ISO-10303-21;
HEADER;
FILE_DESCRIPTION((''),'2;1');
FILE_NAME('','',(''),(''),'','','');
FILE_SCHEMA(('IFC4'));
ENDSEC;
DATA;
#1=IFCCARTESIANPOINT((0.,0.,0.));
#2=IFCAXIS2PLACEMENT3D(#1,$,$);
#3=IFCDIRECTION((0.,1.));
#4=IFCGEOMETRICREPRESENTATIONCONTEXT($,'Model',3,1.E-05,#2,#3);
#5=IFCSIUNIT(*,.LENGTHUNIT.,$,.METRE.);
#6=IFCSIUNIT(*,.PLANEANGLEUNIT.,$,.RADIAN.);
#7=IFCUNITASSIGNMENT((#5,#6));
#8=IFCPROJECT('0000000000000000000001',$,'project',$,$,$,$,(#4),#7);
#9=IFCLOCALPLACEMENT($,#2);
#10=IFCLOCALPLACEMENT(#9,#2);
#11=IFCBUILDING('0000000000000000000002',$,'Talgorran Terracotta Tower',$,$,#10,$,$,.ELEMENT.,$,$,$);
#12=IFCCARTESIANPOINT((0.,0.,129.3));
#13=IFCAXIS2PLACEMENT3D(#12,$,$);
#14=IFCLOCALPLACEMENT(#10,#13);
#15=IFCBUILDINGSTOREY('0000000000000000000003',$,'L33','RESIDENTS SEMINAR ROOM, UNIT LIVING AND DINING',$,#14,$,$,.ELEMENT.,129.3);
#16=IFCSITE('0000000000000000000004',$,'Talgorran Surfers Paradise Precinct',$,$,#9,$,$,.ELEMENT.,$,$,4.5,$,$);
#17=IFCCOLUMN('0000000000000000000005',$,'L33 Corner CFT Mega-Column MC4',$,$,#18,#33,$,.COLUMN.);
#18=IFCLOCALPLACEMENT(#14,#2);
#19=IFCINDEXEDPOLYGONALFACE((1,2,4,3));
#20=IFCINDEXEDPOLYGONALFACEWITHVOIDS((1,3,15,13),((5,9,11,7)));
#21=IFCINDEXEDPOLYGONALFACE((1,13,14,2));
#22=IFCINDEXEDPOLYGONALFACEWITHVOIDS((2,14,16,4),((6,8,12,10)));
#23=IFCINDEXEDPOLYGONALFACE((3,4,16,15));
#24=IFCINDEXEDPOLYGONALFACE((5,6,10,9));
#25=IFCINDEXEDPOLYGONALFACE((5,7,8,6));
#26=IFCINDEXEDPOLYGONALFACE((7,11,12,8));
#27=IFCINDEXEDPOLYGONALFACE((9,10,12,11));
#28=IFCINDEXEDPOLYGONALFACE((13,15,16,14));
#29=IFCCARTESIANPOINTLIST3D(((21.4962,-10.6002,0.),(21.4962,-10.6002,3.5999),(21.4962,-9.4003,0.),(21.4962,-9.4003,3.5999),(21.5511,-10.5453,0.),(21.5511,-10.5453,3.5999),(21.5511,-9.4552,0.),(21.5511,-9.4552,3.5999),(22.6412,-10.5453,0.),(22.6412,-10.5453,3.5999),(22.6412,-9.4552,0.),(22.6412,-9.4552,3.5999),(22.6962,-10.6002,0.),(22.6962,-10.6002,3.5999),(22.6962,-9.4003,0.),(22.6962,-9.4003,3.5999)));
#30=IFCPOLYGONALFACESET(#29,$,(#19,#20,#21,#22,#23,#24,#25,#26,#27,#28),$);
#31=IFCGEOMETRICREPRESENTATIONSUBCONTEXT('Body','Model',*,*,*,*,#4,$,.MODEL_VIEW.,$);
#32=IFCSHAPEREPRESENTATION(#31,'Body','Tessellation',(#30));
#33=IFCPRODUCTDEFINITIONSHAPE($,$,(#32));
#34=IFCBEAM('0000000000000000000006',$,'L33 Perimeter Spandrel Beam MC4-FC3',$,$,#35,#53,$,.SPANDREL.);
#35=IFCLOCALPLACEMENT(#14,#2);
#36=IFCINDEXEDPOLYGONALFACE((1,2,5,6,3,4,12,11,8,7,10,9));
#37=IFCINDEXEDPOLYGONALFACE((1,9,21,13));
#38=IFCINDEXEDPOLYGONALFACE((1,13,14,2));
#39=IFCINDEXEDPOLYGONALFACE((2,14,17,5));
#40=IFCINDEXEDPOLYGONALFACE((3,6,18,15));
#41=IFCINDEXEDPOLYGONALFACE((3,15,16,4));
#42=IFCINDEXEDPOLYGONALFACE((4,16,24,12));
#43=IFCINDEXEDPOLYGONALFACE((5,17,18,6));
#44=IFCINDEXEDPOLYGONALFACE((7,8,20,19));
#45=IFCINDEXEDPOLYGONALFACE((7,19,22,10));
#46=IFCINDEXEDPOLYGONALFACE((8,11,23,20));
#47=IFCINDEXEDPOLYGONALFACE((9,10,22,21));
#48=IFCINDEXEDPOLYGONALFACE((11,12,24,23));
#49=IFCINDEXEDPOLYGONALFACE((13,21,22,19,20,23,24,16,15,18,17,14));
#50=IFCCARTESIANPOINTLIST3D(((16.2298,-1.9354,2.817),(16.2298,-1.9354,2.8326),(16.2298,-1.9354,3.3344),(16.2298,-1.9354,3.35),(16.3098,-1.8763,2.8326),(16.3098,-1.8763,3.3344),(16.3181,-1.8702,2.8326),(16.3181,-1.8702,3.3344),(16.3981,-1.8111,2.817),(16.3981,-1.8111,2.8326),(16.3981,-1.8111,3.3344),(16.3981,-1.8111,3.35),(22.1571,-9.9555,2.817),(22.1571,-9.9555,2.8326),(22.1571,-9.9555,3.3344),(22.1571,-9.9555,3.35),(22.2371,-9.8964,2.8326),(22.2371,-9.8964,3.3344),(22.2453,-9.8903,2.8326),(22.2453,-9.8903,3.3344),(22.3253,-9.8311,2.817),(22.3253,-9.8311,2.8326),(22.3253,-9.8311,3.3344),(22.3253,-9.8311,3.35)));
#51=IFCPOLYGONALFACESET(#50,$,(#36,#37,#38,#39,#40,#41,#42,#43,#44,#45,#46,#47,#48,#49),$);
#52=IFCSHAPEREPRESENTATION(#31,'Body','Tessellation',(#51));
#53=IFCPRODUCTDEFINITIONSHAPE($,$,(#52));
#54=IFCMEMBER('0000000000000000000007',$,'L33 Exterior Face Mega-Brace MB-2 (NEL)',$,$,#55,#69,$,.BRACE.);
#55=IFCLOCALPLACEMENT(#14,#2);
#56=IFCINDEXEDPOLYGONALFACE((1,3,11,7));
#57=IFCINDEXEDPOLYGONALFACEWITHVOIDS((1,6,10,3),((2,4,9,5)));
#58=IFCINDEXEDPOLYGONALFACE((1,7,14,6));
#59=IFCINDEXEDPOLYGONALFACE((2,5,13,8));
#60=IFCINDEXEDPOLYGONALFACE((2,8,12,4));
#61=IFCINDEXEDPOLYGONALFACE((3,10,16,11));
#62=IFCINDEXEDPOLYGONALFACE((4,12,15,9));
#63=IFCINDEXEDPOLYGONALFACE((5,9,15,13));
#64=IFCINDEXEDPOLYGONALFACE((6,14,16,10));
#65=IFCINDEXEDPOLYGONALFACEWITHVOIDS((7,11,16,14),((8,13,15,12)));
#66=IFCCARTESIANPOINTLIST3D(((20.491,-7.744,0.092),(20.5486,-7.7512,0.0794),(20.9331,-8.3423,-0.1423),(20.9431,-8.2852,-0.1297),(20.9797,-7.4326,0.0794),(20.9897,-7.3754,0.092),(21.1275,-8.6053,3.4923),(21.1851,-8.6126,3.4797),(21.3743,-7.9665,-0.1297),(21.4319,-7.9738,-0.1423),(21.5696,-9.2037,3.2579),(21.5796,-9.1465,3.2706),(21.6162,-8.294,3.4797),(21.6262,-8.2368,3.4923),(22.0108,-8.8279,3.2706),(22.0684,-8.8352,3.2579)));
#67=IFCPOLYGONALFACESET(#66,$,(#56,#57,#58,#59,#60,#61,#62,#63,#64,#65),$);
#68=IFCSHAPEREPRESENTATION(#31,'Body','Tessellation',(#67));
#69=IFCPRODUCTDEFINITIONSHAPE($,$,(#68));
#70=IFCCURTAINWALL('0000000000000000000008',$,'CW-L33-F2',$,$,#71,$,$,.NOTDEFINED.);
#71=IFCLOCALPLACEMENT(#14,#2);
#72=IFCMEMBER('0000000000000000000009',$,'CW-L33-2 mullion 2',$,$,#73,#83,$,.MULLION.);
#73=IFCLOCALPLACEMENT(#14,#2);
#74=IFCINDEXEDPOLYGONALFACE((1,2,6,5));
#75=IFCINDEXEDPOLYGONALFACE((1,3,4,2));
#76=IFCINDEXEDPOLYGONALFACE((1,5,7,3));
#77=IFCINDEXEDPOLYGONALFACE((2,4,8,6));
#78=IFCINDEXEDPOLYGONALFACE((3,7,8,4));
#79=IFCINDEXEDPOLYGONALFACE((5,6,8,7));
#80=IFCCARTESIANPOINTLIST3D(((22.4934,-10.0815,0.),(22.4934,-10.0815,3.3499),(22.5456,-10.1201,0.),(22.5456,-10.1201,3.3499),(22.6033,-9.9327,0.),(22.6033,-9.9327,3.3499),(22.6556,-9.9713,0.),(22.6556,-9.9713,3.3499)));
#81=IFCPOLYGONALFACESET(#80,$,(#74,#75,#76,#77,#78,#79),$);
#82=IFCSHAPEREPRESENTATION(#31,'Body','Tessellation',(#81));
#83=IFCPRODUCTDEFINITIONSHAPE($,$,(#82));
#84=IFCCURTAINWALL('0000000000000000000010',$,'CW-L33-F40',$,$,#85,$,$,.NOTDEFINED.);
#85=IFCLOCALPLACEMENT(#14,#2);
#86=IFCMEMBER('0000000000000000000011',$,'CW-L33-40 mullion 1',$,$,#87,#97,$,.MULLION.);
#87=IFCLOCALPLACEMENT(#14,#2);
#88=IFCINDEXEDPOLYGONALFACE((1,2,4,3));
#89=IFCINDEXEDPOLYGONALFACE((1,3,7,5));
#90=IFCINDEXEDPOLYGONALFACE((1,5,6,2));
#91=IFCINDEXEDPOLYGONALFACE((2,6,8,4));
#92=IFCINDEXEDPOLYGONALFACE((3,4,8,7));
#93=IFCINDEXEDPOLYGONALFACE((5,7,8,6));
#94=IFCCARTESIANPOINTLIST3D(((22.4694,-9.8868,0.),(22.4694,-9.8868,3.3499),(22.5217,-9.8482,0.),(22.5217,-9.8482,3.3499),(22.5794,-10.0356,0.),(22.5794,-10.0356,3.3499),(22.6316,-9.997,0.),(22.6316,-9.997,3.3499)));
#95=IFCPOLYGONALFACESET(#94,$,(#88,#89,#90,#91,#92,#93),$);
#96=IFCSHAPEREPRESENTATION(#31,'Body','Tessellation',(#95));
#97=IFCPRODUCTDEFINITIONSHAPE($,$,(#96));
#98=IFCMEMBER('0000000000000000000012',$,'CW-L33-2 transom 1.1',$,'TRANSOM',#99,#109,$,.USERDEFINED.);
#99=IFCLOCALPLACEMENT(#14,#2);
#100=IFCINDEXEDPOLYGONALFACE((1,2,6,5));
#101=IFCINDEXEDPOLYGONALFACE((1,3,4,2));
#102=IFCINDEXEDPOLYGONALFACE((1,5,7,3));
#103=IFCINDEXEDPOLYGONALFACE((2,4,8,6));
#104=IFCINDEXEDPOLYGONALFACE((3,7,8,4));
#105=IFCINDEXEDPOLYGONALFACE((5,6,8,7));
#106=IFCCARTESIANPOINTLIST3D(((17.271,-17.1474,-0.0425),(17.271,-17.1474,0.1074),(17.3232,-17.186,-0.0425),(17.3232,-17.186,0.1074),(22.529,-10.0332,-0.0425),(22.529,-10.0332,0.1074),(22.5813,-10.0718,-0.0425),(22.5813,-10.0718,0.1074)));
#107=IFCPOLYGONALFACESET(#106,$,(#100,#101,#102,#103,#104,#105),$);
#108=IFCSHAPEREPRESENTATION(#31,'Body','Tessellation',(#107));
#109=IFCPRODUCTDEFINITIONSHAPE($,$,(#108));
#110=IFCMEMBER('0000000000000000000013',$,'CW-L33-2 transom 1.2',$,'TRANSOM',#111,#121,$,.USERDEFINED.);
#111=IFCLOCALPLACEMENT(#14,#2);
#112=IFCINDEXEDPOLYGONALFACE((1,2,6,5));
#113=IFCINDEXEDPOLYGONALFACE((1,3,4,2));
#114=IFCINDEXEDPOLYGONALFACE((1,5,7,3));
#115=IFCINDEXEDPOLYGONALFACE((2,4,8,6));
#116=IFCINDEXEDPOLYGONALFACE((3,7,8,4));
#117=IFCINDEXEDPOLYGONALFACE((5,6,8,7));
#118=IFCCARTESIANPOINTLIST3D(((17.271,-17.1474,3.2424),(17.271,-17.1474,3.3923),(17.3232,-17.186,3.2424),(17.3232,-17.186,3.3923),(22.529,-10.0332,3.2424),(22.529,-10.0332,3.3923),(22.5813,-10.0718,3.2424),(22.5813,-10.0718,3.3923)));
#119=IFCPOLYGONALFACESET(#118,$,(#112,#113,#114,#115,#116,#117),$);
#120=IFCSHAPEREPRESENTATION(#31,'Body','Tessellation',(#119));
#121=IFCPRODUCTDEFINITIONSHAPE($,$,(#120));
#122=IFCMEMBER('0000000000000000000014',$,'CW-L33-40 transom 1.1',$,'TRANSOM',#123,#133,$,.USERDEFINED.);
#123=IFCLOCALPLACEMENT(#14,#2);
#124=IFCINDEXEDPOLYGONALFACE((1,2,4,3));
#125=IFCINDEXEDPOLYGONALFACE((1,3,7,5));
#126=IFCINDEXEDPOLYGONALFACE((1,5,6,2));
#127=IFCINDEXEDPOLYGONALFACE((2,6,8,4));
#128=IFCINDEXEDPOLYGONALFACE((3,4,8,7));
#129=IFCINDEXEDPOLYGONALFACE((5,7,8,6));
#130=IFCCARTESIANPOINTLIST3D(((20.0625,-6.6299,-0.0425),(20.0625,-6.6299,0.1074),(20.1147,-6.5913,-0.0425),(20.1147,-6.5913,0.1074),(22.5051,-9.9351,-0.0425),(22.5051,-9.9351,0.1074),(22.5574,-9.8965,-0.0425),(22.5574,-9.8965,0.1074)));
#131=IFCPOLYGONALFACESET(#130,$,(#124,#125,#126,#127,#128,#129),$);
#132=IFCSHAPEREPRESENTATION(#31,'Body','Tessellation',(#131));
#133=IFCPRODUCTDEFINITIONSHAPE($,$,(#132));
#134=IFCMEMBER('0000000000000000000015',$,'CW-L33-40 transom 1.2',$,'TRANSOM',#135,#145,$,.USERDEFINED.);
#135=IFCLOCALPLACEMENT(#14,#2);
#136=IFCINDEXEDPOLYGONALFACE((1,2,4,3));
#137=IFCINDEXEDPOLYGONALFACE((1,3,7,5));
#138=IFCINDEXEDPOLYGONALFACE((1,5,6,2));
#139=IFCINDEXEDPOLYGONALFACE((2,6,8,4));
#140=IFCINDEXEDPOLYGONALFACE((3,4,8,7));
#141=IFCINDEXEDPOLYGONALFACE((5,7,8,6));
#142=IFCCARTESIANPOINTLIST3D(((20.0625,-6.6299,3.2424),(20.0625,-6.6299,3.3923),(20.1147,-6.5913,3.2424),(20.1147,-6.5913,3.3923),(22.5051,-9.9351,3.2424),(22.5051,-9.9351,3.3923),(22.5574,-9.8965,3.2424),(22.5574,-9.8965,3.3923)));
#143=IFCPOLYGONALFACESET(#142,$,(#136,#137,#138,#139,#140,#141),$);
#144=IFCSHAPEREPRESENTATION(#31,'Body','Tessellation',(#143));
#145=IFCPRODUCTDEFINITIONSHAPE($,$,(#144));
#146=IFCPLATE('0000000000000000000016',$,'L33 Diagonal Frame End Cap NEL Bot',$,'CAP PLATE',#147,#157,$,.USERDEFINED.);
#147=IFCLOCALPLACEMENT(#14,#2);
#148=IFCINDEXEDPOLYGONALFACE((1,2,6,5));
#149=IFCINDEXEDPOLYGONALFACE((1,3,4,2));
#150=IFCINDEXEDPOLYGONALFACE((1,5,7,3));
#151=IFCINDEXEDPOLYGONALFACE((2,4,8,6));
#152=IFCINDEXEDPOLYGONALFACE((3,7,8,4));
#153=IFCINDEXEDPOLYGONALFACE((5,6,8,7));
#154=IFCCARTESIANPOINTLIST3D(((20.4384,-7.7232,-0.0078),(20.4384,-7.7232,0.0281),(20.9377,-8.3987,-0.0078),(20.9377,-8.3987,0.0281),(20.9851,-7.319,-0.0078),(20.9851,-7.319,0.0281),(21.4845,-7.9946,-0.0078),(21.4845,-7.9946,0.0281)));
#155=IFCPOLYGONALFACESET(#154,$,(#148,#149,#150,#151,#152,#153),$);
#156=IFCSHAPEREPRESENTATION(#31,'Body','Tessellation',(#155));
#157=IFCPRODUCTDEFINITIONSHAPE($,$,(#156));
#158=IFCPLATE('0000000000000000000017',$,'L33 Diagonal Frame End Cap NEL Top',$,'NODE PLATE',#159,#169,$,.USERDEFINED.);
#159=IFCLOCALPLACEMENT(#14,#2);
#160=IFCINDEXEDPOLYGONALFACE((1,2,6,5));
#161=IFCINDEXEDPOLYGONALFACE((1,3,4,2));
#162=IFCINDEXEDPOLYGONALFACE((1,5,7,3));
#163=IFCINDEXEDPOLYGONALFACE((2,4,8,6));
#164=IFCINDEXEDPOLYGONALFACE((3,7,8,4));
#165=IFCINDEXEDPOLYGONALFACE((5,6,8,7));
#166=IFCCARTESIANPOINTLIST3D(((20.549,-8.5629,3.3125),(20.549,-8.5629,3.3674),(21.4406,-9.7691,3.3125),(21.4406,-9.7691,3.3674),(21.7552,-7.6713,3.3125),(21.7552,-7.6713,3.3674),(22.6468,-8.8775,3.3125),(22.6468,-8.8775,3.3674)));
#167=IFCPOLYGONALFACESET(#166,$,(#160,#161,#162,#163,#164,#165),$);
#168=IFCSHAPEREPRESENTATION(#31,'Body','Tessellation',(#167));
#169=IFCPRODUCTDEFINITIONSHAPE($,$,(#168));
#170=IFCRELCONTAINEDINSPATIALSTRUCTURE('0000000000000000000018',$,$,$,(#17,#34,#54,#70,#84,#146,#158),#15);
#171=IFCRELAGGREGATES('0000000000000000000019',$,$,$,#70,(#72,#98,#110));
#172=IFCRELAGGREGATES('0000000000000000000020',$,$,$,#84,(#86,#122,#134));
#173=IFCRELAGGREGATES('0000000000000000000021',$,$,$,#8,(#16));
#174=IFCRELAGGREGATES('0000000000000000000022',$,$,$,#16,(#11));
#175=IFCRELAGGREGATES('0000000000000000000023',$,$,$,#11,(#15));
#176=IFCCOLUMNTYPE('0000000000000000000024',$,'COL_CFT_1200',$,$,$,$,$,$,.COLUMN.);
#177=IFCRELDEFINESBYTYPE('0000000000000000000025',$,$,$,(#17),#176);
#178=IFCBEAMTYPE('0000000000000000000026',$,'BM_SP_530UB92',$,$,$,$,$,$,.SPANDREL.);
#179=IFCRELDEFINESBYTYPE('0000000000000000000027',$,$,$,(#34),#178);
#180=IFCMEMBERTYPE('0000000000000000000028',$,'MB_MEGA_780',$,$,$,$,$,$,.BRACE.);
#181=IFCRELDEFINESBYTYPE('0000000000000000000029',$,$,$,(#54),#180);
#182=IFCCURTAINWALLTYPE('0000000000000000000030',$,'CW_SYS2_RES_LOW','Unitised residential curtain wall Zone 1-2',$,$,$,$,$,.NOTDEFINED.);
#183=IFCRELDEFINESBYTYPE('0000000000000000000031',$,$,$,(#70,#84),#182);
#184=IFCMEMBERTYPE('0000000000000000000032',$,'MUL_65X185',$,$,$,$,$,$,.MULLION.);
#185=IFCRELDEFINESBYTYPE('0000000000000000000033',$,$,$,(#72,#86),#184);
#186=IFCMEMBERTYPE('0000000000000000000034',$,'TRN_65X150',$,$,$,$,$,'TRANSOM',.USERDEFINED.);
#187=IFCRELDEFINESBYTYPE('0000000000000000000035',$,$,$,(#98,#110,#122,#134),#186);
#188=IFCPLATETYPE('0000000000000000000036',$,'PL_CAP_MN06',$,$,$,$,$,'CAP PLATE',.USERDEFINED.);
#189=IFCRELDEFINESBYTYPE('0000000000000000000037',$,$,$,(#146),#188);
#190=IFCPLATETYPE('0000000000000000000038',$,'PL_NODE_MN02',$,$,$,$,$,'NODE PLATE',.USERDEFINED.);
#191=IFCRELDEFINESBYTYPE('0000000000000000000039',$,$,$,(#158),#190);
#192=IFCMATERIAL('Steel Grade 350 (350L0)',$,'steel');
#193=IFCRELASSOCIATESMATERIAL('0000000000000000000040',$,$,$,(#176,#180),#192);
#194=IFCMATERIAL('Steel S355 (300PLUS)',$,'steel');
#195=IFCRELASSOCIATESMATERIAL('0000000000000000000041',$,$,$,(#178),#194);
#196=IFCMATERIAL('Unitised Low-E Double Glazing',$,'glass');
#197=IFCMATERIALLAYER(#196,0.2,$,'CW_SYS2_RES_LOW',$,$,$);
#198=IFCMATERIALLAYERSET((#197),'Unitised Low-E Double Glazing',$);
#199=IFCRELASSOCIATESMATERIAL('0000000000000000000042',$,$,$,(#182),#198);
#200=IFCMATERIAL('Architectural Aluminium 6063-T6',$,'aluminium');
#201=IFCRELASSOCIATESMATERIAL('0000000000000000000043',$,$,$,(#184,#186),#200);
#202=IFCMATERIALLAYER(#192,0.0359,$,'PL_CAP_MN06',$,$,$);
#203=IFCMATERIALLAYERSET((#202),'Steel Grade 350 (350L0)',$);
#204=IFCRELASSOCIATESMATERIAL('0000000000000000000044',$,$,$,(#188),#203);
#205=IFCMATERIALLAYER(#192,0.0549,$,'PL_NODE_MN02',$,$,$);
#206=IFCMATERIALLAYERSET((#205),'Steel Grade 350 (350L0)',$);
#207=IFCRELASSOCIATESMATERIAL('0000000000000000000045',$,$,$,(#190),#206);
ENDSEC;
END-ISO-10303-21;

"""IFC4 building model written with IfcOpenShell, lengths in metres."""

from ifc_helpers import new_model, si_unit, direction, frame, origin, origin_2d, place, context, subcontext, project, spatial, rectangle, hollow_rectangle, i_section, extrude, material, layer, layer_set, material_profile, profile_set, type_object, element, aggregate, save


model = new_model("IFC4")

# Units and contexts
model_context = context("Model", 3, precision=1e-05, world=origin(), true_north=direction((0.0, 1.0)))
body_context = subcontext(model_context, "Body", "Model", "MODEL_VIEW")
ifc_project = project(units=[si_unit("LENGTHUNIT", "METRE"), si_unit("PLANEANGLEUNIT", "RADIAN")], contexts=[model_context])

# Site, building, storey
site_placement = place(None, origin())
site = spatial("IfcSite", under=ifc_project, at=site_placement, Name="Talgorran Surfers Paradise Precinct", CompositionType="ELEMENT", RefElevation=4.5)
building_placement = place(site_placement, origin())
building = spatial("IfcBuilding", under=site, at=building_placement, Name="Talgorran Terracotta Tower", CompositionType="ELEMENT")
storey_placement = place(building_placement, frame((0.0, 0.0, 129.3)))
storey = spatial("IfcBuildingStorey", under=building, at=storey_placement, Name="L33", Description="RESIDENTS SEMINAR ROOM, UNIT LIVING AND DINING", CompositionType="ELEMENT", Elevation=129.3)

# Column
ifc_material_1 = material(Name="Steel Grade 350 (350L0)", Category="steel")
ifc_material_profile_1 = material_profile(ifc_material_1, hollow_rectangle(XDim=1.2, YDim=1.2, WallThickness=0.0549, at=origin_2d()), Name="CFT1200X1200X55")
ifc_profile_set_1 = profile_set([ifc_material_profile_1], Name="Steel Grade 350 (350L0)")
column_type = type_object("IfcColumnType", Name="COL_CFT_1200", PredefinedType="COLUMN", material=ifc_profile_set_1)
column_placement = place(storey_placement, frame((22.0962, -10.0002, 0.0), z_axis=(0.0, 0.0, 1.0), x_axis=(1.0, 0.0, 0.0)))
element("IfcColumn", 1, at=column_placement, inside=storey, type_object=column_type, Name="L33 Corner CFT Mega-Column MC4", PredefinedType="COLUMN", context=body_context, shape_type="SweptSolid", body=[
    extrude(hollow_rectangle(XDim=1.2, YDim=1.2, WallThickness=0.0549, at=origin_2d()), origin(), (0.0, 0.0, 1.0), 3.5999),
])

# Beam
ifc_material_2 = material(Name="Steel S355 (300PLUS)", Category="steel")
ifc_material_profile_2 = material_profile(ifc_material_2, i_section(OverallWidth=0.2092, OverallDepth=0.533, WebThickness=0.0103, FlangeThickness=0.0156, at=origin_2d()), Name="530UB92.4")
ifc_profile_set_2 = profile_set([ifc_material_profile_2], Name="Steel S355 (300PLUS)")
beam_type = type_object("IfcBeamType", Name="BM_SP_530UB92", PredefinedType="SPANDREL", material=ifc_profile_set_2)
beam_placement = place(storey_placement, frame((22.2412, -9.8933, 3.0835), z_axis=(-0.594353, 0.804205, 0.0), x_axis=(-0.804205, -0.594353, 0.0)))
element("IfcBeam", 2, at=beam_placement, inside=storey, type_object=beam_type, Name="L33 Perimeter Spandrel Beam MC4-FC3", PredefinedType="SPANDREL", context=body_context, shape_type="SweptSolid", body=[
    extrude(i_section(OverallWidth=0.2092, OverallDepth=0.533, WebThickness=0.0103, FlangeThickness=0.0156, at=origin_2d()), origin(), (0.0, 0.0, 1.0), 9.9727),
])

# Member
ifc_material_profile_3 = material_profile(ifc_material_1, hollow_rectangle(XDim=0.6201, YDim=0.78, WallThickness=0.042, at=origin_2d()), Name="WBOX780X620X42")
ifc_profile_set_3 = profile_set([ifc_material_profile_3], Name="Steel Grade 350 (350L0)")
member_type_1 = type_object("IfcMemberType", Name="MB_MEGA_780", PredefinedType="BRACE", material=ifc_profile_set_3)
member_1_placement = place(storey_placement, frame((20.9614, -7.8589, -0.0251), z_axis=(0.178543, -0.241619, 0.953804), x_axis=(0.804247, 0.594295, 0.0)))
element("IfcMember", 3, at=member_1_placement, inside=storey, type_object=member_type_1, Name="L33 Exterior Face Mega-Brace MB-2 (NEL)", PredefinedType="BRACE", context=body_context, shape_type="SweptSolid", body=[
    extrude(hollow_rectangle(XDim=0.6201, YDim=0.78, WallThickness=0.042, at=origin_2d()), origin(), (0.0, 0.0, 1.0), 3.5649),
])

# Curtain walls, members
ifc_material_3 = material(Name="Unitised Low-E Double Glazing", Category="glass")
ifc_layer_1 = layer(ifc_material_3, 0.2, Name="CW_SYS2_RES_LOW")
ifc_layer_set_1 = layer_set([ifc_layer_1], Name="Unitised Low-E Double Glazing")
curtain_wall_type = type_object("IfcCurtainWallType", Name="CW_SYS2_RES_LOW", Description="Unitised residential curtain wall Zone 1-2", PredefinedType="NOTDEFINED", material=ifc_layer_set_1)
curtain_wall_1_placement = place(storey_placement, origin())
curtain_wall_1 = element("IfcCurtainWall", 4, at=curtain_wall_1_placement, inside=storey, type_object=curtain_wall_type, Name="CW-L33-F2", PredefinedType="NOTDEFINED")
ifc_material_4 = material(Name="Architectural Aluminium 6063-T6", Category="aluminium")
ifc_material_profile_4 = material_profile(ifc_material_4, rectangle(XDim=0.0649, YDim=0.1851, at=origin_2d()), Name="CWM65X185")
ifc_profile_set_4 = profile_set([ifc_material_profile_4], Name="Architectural Aluminium 6063-T6")
member_type_2 = type_object("IfcMemberType", Name="MUL_65X185", PredefinedType="MULLION", material=ifc_profile_set_4)
member_2_placement = place(storey_placement, frame((22.5745, -10.0264, 0.0), z_axis=(0.0, 0.0, 1.0), x_axis=(-0.804201, 0.594358, 0.0)))
member_2 = element("IfcMember", 5, at=member_2_placement, type_object=member_type_2, Name="CW-L33-2 mullion 2", PredefinedType="MULLION", context=body_context, shape_type="SweptSolid", body=[
    extrude(rectangle(XDim=0.0649, YDim=0.1851, at=origin_2d()), origin(), (0.0, 0.0, 1.0), 3.3499),
])
curtain_wall_2_placement = place(storey_placement, origin())
curtain_wall_2 = element("IfcCurtainWall", 6, at=curtain_wall_2_placement, inside=storey, type_object=curtain_wall_type, Name="CW-L33-F40", PredefinedType="NOTDEFINED")
member_3_placement = place(storey_placement, frame((22.5505, -9.9419, 0.0), z_axis=(0.0, 0.0, 1.0), x_axis=(-0.8042, -0.594359, 0.0)))
member_3 = element("IfcMember", 7, at=member_3_placement, type_object=member_type_2, Name="CW-L33-40 mullion 1", PredefinedType="MULLION", context=body_context, shape_type="SweptSolid", body=[
    extrude(rectangle(XDim=0.0649, YDim=0.1851, at=origin_2d()), origin(), (0.0, 0.0, 1.0), 3.3499),
])

# Members
ifc_material_profile_5 = material_profile(ifc_material_4, rectangle(XDim=0.0649, YDim=0.1499, at=origin_2d()), Name="CWT65X150")
ifc_profile_set_5 = profile_set([ifc_material_profile_5], Name="Architectural Aluminium 6063-T6")
member_type_3 = type_object("IfcMemberType", Name="TRN_65X150", ElementType="TRANSOM", PredefinedType="USERDEFINED", material=ifc_profile_set_5)
member_4_placement = place(storey_placement, frame((17.2971, -17.1667, 0.0325), z_axis=(0.594369, 0.804193, 0.0), x_axis=(-0.804193, 0.594369, 0.0)))
member_4 = element("IfcMember", 8, at=member_4_placement, type_object=member_type_3, Name="CW-L33-2 transom 1.1", ObjectType="TRANSOM", PredefinedType="USERDEFINED", context=body_context, shape_type="SweptSolid", body=[
    extrude(rectangle(XDim=0.0649, YDim=0.1499, at=origin_2d()), origin(), (0.0, 0.0, 1.0), 8.8464),
])
member_5_placement = place(storey_placement, frame((17.2971, -17.1667, 3.3174), z_axis=(0.594369, 0.804193, 0.0), x_axis=(-0.804193, 0.594369, 0.0)))
member_5 = element("IfcMember", 9, at=member_5_placement, type_object=member_type_3, Name="CW-L33-2 transom 1.2", ObjectType="TRANSOM", PredefinedType="USERDEFINED", context=body_context, shape_type="SweptSolid", body=[
    extrude(rectangle(XDim=0.0649, YDim=0.1499, at=origin_2d()), origin(), (0.0, 0.0, 1.0), 8.8464),
])
member_6_placement = place(storey_placement, frame((22.5312, -9.9158, 0.0325), z_axis=(-0.594339, 0.804214, 0.0), x_axis=(-0.804214, -0.594339, 0.0)))
member_6 = element("IfcMember", 10, at=member_6_placement, type_object=member_type_3, Name="CW-L33-40 transom 1.1", ObjectType="TRANSOM", PredefinedType="USERDEFINED", context=body_context, shape_type="SweptSolid", body=[
    extrude(rectangle(XDim=0.0649, YDim=0.1499, at=origin_2d()), origin(), (0.0, 0.0, 1.0), 4.1099),
])
member_7_placement = place(storey_placement, frame((22.5312, -9.9158, 3.3174), z_axis=(-0.594339, 0.804214, 0.0), x_axis=(-0.804214, -0.594339, 0.0)))
member_7 = element("IfcMember", 11, at=member_7_placement, type_object=member_type_3, Name="CW-L33-40 transom 1.2", ObjectType="TRANSOM", PredefinedType="USERDEFINED", context=body_context, shape_type="SweptSolid", body=[
    extrude(rectangle(XDim=0.0649, YDim=0.1499, at=origin_2d()), origin(), (0.0, 0.0, 1.0), 4.1099),
])

# Plates
ifc_layer_2 = layer(ifc_material_1, 0.0359, Name="PL_CAP_MN06")
ifc_layer_set_2 = layer_set([ifc_layer_2], Name="Steel Grade 350 (350L0)")
plate_type_1 = type_object("IfcPlateType", Name="PL_CAP_MN06", ElementType="CAP PLATE", PredefinedType="USERDEFINED", material=ifc_layer_set_2)
plate_1_placement = place(storey_placement, frame((20.9614, -7.8589, -0.0078), z_axis=(0.0, 0.0, 1.0), x_axis=(0.594402, -0.804168, 0.0)))
element("IfcPlate", 12, at=plate_1_placement, inside=storey, type_object=plate_type_1, Name="L33 Diagonal Frame End Cap NEL Bot", ObjectType="CAP PLATE", PredefinedType="USERDEFINED", context=body_context, shape_type="SweptSolid", body=[
    extrude(rectangle(XDim=0.8401, YDim=0.6799, at=origin_2d()), origin(), (0.0, 0.0, 1.0), 0.0359),
])
ifc_layer_3 = layer(ifc_material_1, 0.0549, Name="PL_NODE_MN02")
ifc_layer_set_3 = layer_set([ifc_layer_3], Name="Steel Grade 350 (350L0)")
plate_type_2 = type_object("IfcPlateType", Name="PL_NODE_MN02", ElementType="NODE PLATE", PredefinedType="USERDEFINED", material=ifc_layer_set_3)
plate_2_placement = place(storey_placement, frame((21.5979, -8.7202, 3.3125), z_axis=(0.0, 0.0, 1.0), x_axis=(0.594402, -0.804168, 0.0)))
element("IfcPlate", 13, at=plate_2_placement, inside=storey, type_object=plate_type_2, Name="L33 Diagonal Frame End Cap NEL Top", ObjectType="NODE PLATE", PredefinedType="USERDEFINED", context=body_context, shape_type="SweptSolid", body=[
    extrude(rectangle(XDim=1.5, YDim=1.5, at=origin_2d()), origin(), (0.0, 0.0, 1.0), 0.0549),
])

aggregate(curtain_wall_1, [member_2, member_4, member_5])
aggregate(curtain_wall_2, [member_3, member_6, member_7])

save(model, "model.ifc")
